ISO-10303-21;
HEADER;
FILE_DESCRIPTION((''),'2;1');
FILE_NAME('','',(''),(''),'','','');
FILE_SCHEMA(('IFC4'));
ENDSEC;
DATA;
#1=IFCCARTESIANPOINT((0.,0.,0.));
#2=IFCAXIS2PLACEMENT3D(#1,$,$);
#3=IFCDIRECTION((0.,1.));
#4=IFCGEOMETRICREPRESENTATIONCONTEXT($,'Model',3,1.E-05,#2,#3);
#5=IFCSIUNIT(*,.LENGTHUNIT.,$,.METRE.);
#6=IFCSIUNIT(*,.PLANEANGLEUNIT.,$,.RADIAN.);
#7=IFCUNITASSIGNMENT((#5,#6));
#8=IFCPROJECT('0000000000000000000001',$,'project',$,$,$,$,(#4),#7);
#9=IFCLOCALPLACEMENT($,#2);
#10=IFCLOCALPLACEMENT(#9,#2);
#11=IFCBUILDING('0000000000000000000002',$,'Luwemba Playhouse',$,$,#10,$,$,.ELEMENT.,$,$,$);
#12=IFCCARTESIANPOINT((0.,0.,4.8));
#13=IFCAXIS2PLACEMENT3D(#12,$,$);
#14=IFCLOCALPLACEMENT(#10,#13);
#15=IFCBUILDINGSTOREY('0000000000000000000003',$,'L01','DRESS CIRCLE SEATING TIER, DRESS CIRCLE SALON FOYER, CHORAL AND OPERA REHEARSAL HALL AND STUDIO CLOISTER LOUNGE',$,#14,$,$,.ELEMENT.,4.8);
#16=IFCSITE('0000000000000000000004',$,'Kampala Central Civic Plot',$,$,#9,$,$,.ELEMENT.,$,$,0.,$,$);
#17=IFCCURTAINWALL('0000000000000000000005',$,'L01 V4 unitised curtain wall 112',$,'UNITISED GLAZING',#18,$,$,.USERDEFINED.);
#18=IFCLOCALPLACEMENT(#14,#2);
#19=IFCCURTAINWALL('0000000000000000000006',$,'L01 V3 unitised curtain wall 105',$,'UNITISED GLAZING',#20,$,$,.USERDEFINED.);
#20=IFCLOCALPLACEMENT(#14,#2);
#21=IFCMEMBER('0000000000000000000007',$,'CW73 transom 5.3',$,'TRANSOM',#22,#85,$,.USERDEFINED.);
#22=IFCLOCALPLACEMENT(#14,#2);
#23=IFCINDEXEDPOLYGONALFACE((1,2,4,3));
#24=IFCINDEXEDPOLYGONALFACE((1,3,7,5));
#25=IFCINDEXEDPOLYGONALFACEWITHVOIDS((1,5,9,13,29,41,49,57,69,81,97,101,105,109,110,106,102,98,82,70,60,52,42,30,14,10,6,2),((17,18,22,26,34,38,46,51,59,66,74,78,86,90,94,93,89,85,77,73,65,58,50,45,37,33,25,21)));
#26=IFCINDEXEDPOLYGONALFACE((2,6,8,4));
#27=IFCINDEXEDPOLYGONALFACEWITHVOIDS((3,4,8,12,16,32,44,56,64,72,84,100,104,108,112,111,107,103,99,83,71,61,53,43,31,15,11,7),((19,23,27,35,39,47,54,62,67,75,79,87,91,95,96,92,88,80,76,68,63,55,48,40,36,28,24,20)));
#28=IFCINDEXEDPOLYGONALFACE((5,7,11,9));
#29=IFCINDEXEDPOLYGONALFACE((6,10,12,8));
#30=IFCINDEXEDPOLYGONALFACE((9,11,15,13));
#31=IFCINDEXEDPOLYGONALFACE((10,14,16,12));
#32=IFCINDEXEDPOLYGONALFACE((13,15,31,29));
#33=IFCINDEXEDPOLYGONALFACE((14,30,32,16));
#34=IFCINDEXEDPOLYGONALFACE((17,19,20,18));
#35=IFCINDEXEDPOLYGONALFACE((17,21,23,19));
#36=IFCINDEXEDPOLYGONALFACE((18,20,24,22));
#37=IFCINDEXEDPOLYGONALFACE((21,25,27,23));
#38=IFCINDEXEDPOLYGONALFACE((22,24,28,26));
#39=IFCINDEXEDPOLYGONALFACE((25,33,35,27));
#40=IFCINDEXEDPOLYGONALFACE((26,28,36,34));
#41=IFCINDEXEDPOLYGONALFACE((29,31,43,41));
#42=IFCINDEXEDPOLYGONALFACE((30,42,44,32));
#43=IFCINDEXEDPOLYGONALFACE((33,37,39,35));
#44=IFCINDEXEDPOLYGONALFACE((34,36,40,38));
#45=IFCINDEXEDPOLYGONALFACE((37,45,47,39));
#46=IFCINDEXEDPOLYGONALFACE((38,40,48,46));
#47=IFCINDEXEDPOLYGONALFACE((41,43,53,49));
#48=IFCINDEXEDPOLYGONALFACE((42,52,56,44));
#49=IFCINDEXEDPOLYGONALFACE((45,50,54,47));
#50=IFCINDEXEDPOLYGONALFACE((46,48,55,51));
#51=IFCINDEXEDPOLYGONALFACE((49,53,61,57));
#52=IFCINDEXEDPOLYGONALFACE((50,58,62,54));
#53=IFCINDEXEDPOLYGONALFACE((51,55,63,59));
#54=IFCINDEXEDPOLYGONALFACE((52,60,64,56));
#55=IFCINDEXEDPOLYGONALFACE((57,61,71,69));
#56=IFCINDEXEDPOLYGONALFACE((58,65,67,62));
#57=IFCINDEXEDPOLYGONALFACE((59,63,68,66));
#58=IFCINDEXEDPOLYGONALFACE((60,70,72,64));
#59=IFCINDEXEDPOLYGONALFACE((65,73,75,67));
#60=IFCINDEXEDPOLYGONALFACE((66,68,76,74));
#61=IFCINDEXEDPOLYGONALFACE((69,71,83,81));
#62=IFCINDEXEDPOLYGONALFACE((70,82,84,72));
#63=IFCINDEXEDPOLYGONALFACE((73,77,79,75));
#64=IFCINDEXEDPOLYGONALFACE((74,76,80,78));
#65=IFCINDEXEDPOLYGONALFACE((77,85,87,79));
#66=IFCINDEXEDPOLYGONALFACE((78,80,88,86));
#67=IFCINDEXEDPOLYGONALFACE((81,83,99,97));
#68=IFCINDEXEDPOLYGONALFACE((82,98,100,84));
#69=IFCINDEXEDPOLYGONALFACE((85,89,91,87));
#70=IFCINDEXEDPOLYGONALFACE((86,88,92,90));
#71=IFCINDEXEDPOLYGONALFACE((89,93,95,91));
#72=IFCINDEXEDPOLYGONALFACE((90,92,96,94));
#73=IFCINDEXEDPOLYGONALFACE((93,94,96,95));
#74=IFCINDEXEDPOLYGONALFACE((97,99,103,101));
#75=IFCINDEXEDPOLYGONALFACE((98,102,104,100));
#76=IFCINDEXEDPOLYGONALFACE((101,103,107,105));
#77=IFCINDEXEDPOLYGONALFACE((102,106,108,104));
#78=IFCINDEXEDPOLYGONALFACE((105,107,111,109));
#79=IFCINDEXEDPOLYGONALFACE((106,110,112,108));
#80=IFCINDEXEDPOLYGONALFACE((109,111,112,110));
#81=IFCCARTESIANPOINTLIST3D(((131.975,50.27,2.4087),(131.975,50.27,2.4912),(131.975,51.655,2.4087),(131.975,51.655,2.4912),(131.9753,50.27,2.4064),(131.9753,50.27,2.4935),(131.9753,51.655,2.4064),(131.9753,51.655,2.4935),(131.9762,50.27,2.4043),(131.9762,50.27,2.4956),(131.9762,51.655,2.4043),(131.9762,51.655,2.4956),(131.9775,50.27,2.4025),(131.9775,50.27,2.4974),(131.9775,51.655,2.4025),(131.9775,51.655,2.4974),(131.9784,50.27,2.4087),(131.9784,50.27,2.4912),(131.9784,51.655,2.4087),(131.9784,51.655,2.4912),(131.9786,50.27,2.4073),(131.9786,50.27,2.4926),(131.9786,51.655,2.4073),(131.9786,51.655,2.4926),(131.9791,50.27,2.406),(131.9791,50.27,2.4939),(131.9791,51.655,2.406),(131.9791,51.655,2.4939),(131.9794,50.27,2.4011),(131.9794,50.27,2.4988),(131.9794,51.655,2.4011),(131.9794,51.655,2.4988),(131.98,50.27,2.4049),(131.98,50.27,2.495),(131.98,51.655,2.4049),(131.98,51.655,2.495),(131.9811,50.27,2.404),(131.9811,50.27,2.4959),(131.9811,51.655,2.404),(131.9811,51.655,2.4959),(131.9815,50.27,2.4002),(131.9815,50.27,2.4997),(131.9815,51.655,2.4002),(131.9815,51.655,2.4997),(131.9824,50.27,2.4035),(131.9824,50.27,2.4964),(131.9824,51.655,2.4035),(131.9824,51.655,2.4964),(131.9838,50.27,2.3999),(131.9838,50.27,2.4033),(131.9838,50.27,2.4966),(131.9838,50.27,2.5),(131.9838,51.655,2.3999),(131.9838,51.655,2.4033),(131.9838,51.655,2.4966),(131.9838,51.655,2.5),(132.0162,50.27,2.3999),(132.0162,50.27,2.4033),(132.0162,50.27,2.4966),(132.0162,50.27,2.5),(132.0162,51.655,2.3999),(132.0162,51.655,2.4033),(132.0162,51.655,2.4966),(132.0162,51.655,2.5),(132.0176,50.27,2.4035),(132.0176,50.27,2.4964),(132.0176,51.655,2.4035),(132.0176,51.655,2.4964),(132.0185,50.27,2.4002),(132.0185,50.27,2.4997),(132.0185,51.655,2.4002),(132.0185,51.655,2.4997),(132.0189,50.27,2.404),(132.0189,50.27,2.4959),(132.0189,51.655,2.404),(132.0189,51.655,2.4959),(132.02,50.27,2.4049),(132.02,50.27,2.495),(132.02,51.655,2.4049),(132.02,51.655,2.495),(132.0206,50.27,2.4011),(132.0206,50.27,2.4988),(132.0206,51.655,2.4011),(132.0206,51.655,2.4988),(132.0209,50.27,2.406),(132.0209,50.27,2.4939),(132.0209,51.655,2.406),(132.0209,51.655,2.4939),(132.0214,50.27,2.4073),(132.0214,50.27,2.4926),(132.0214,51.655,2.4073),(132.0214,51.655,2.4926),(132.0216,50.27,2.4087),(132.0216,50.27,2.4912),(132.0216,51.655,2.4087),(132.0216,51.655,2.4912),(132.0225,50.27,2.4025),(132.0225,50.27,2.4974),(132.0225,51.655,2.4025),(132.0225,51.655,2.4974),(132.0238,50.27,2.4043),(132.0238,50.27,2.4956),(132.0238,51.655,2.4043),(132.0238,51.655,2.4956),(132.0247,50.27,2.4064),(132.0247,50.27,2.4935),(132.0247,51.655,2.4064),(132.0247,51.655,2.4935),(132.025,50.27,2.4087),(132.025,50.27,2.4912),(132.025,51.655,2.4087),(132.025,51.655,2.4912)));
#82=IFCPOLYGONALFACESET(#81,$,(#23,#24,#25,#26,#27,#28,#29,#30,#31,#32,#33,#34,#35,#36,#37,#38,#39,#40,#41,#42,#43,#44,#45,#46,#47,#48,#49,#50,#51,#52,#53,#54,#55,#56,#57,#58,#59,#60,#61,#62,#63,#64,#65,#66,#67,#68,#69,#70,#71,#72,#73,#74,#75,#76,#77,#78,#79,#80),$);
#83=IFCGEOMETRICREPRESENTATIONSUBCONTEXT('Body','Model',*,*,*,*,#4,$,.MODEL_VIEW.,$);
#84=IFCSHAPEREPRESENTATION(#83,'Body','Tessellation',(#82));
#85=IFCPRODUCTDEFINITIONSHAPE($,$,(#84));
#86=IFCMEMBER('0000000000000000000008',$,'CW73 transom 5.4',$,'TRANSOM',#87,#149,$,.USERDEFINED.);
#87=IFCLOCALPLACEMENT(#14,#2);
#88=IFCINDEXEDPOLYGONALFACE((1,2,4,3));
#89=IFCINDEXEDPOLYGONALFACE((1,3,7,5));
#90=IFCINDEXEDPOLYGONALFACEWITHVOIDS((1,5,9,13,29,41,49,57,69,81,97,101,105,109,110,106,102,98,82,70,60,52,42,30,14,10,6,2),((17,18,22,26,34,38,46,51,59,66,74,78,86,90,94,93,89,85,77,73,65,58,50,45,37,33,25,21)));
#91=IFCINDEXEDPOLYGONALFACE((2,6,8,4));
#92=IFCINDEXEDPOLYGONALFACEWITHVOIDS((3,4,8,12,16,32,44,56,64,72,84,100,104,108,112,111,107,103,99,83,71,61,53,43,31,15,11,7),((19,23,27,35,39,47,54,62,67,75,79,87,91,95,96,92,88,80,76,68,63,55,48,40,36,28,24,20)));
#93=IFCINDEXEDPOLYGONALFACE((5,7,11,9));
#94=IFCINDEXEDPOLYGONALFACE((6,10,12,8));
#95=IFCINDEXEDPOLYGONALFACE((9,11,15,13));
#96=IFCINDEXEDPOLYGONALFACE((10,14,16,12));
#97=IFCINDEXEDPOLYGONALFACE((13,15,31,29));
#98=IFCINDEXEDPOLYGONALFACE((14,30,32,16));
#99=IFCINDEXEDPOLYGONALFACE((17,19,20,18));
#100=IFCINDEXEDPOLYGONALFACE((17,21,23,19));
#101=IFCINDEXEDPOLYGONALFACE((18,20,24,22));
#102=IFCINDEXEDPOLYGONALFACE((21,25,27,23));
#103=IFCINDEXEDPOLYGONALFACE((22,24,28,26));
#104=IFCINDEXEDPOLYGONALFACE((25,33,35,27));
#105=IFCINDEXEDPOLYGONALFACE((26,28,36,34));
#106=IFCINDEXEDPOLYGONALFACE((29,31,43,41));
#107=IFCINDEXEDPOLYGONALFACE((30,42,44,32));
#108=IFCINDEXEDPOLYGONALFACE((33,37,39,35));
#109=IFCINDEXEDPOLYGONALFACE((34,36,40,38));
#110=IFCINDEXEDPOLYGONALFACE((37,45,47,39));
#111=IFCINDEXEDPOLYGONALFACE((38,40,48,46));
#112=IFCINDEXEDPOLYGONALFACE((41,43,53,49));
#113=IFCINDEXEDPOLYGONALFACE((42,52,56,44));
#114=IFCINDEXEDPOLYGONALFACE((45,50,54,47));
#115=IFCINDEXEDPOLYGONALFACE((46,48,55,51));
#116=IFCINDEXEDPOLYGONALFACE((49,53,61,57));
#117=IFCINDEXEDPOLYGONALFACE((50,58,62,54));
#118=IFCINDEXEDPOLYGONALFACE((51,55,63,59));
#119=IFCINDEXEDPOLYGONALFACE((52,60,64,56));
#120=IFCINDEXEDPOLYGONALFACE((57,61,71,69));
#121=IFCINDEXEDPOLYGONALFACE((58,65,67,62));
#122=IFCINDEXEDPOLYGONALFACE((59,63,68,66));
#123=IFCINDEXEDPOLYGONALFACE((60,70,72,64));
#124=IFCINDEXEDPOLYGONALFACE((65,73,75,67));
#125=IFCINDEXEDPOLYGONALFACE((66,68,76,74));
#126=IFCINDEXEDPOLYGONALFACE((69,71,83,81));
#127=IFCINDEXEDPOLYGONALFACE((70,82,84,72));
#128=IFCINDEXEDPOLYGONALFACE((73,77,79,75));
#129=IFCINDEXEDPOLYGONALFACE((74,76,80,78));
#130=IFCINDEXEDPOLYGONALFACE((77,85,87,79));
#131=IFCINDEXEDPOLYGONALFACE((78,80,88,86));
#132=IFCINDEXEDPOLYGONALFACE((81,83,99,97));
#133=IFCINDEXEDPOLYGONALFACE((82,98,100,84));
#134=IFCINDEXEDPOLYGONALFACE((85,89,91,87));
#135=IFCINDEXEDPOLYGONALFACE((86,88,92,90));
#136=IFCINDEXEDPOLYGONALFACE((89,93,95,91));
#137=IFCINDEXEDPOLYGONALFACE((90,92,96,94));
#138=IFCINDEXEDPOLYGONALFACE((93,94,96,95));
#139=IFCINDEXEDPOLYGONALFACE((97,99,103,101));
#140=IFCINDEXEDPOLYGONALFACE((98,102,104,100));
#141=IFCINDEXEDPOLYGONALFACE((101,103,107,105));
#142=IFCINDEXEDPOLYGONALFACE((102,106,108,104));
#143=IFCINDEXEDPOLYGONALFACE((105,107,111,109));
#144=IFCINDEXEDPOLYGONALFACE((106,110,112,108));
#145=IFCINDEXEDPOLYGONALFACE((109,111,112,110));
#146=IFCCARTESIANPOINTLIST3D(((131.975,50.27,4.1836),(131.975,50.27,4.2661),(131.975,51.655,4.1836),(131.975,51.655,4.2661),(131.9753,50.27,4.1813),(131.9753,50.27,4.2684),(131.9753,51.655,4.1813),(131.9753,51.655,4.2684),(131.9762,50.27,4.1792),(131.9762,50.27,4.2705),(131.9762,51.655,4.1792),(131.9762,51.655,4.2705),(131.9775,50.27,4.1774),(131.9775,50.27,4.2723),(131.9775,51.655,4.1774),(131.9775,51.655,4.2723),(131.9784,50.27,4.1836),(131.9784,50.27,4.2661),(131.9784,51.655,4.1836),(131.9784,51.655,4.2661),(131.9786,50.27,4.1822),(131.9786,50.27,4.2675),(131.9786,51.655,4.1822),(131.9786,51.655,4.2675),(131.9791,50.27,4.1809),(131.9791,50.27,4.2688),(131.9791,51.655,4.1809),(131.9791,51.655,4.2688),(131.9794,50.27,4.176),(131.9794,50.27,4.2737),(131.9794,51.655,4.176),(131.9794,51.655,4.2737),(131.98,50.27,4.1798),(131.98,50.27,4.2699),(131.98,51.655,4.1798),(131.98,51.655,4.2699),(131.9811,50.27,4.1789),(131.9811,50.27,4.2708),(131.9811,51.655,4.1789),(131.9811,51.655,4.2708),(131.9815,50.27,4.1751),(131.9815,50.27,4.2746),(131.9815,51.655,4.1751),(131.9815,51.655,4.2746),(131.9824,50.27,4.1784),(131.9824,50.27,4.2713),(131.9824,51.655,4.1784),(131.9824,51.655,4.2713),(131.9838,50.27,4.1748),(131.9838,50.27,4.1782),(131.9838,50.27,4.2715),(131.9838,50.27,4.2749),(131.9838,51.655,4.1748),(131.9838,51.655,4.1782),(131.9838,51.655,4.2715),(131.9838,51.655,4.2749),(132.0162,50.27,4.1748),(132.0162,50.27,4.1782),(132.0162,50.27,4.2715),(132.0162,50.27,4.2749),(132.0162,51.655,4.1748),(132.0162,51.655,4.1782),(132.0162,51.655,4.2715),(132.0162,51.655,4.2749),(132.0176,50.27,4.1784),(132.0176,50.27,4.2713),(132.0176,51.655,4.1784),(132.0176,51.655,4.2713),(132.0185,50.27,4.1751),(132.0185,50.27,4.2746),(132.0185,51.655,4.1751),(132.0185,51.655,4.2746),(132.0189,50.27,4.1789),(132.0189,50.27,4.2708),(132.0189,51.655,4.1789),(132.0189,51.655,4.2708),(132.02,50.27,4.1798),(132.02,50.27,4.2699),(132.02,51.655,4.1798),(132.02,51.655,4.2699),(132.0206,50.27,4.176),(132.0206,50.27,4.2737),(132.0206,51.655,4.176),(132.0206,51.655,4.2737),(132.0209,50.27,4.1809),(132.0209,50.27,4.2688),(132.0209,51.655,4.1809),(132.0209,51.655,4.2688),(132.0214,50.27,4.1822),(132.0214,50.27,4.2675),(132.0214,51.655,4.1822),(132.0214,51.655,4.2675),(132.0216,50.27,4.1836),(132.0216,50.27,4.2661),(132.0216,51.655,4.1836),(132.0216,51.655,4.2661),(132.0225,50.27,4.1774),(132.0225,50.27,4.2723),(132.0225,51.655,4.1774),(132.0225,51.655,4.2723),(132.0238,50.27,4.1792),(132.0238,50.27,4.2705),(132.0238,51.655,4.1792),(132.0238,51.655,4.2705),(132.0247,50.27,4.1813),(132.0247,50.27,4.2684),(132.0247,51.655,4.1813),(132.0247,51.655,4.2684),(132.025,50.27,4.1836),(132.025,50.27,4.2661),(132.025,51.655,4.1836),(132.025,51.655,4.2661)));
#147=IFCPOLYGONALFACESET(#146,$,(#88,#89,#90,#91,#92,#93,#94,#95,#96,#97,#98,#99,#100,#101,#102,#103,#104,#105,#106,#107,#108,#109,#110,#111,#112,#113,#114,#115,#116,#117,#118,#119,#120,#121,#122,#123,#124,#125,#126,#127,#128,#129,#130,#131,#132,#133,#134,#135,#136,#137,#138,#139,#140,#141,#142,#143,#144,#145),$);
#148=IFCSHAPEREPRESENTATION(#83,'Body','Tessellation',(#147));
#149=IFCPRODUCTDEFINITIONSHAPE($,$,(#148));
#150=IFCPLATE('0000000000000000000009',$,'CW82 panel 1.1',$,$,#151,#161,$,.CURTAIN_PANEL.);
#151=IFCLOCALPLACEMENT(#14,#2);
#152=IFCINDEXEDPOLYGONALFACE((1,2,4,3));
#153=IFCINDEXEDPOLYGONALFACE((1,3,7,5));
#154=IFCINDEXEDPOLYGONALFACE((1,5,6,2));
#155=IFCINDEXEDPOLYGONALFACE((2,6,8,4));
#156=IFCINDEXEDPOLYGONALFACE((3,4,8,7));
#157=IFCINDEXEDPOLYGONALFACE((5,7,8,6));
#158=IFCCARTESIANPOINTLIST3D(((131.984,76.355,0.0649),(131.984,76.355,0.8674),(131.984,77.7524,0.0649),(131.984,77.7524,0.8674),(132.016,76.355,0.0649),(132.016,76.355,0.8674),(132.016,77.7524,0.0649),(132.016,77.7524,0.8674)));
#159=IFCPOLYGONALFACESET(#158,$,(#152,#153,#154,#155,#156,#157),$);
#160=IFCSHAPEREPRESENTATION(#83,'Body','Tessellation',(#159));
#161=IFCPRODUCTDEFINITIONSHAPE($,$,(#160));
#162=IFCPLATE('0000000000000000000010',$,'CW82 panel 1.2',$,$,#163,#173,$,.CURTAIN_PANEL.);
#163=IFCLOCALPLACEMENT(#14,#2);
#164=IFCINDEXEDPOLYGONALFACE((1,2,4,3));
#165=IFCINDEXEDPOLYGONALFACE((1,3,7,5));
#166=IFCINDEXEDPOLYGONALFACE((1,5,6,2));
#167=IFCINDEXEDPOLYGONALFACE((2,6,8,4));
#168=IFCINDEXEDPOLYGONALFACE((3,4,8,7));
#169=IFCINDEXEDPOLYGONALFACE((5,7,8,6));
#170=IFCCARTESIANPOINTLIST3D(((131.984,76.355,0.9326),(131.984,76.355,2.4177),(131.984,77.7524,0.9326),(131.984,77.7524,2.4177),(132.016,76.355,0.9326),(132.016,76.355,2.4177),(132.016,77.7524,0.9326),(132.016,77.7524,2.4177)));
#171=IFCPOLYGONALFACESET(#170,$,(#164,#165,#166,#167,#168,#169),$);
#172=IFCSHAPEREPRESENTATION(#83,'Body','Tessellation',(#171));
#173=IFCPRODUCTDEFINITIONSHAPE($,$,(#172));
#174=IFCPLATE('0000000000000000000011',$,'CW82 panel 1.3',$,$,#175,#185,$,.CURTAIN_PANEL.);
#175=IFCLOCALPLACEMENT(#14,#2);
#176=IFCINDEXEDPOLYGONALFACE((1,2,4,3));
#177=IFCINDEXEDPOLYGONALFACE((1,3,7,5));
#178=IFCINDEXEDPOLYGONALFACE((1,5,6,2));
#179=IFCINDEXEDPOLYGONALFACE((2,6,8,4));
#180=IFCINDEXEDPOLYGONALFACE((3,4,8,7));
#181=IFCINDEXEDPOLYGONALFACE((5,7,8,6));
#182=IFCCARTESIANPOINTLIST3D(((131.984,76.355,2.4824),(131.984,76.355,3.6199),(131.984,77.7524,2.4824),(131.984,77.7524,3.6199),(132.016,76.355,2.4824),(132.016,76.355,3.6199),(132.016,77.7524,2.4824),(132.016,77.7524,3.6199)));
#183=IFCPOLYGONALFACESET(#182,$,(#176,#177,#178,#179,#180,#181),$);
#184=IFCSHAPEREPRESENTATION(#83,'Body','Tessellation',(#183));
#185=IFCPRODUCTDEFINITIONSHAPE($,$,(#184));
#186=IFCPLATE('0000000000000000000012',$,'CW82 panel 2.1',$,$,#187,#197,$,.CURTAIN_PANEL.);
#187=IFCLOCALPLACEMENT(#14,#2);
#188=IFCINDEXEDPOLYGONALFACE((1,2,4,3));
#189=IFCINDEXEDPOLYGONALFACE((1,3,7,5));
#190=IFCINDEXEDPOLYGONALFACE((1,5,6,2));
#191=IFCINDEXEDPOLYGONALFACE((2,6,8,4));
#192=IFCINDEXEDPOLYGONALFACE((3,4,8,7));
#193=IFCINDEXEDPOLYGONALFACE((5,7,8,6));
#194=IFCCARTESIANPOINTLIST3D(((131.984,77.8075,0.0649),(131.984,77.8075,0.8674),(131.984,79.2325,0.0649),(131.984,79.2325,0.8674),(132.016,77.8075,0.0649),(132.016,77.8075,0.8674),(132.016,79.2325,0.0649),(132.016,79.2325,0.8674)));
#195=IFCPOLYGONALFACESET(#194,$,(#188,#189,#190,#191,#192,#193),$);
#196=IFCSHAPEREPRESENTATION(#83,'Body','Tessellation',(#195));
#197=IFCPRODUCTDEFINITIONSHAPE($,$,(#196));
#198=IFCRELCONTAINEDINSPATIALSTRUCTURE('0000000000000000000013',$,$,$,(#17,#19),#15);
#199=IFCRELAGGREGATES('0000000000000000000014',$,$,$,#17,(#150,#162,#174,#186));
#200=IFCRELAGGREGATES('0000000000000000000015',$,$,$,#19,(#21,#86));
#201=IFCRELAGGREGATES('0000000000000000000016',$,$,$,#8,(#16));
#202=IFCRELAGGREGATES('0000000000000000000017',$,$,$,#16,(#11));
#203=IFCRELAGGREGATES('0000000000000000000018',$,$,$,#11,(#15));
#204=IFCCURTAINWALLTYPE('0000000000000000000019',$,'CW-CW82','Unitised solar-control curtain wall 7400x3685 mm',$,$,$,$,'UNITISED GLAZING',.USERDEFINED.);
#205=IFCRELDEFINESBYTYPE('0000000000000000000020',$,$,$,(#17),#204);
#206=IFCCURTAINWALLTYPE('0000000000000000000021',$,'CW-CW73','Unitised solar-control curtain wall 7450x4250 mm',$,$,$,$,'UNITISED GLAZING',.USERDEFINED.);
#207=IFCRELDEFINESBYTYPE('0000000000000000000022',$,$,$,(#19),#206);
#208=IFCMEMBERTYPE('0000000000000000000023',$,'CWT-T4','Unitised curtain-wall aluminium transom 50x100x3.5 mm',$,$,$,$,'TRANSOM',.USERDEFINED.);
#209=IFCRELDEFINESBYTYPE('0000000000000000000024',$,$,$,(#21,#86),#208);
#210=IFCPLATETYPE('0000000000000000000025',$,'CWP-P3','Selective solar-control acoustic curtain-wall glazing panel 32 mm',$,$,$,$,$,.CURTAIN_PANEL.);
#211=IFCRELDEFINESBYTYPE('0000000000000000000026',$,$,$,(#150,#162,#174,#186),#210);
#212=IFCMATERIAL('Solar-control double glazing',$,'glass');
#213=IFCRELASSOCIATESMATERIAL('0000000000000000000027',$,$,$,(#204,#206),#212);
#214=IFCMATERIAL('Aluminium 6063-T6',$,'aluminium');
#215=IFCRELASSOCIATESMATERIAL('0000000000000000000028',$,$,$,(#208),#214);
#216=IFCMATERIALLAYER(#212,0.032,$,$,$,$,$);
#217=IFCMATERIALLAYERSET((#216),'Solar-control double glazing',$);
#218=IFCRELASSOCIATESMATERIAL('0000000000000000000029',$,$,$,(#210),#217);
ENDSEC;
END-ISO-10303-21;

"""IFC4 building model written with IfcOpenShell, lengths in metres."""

from ifc_helpers import new_model, si_unit, direction, frame, origin, origin_2d, place, context, subcontext, project, spatial, rectangle, hollow_rectangle, extrude, material, layer, layer_set, material_profile, profile_set, type_object, element, aggregate, save


model = new_model("IFC4")

# Units and contexts
model_context = context("Model", 3, precision=1e-05, world=origin(), true_north=direction((0.0, 1.0)))
body_context = subcontext(model_context, "Body", "Model", "MODEL_VIEW")
ifc_project = project(units=[si_unit("LENGTHUNIT", "METRE"), si_unit("PLANEANGLEUNIT", "RADIAN")], contexts=[model_context])

# Site, building, storey
site_placement = place(None, origin())
site = spatial("IfcSite", under=ifc_project, at=site_placement, Name="Kampala Central Civic Plot", CompositionType="ELEMENT", RefElevation=0.0)
building_placement = place(site_placement, origin())
building = spatial("IfcBuilding", under=site, at=building_placement, Name="Luwemba Playhouse", CompositionType="ELEMENT")
storey_placement = place(building_placement, frame((0.0, 0.0, 4.8)))
storey = spatial("IfcBuildingStorey", under=building, at=storey_placement, Name="L01", Description="DRESS CIRCLE SEATING TIER, DRESS CIRCLE SALON FOYER, CHORAL AND OPERA REHEARSAL HALL AND STUDIO CLOISTER LOUNGE", CompositionType="ELEMENT", Elevation=4.8)

# Curtain wall
ifc_material_1 = material(Name="Solar-control double glazing", Category="glass")
curtain_wall_type_1 = type_object("IfcCurtainWallType", Name="CW-CW82", Description="Unitised solar-control curtain wall 7400x3685 mm", ElementType="UNITISED GLAZING", PredefinedType="USERDEFINED", material=ifc_material_1)
curtain_wall_1_placement = place(storey_placement, origin())
curtain_wall_1 = element("IfcCurtainWall", 1, at=curtain_wall_1_placement, inside=storey, type_object=curtain_wall_type_1, Name="L01 V4 unitised curtain wall 112", ObjectType="UNITISED GLAZING", PredefinedType="USERDEFINED")
ifc_material_2 = material(Name="Aluminium 6063-T6", Category="aluminium")

# Curtain wall
curtain_wall_type_2 = type_object("IfcCurtainWallType", Name="CW-CW73", Description="Unitised solar-control curtain wall 7450x4250 mm", ElementType="UNITISED GLAZING", PredefinedType="USERDEFINED", material=ifc_material_1)
curtain_wall_2_placement = place(storey_placement, origin())
curtain_wall_2 = element("IfcCurtainWall", 2, at=curtain_wall_2_placement, inside=storey, type_object=curtain_wall_type_2, Name="L01 V3 unitised curtain wall 105", ObjectType="UNITISED GLAZING", PredefinedType="USERDEFINED")

# Members
ifc_material_profile_1 = material_profile(ifc_material_2, hollow_rectangle(XDim=0.05, YDim=0.1001, WallThickness=0.0034, InnerFilletRadius=0.0054, OuterFilletRadius=0.0088, at=origin_2d()))
ifc_profile_set_1 = profile_set([ifc_material_profile_1], Name="Aluminium 6063-T6")
member_type_1 = type_object("IfcMemberType", Name="CWT-T4", Description="Unitised curtain-wall aluminium transom 50x100x3.5 mm", ElementType="TRANSOM", PredefinedType="USERDEFINED", material=ifc_profile_set_1)
member_1_placement = place(storey_placement, frame((132.0, 50.27, 2.45), z_axis=(0.0, 1.0, 0.0), x_axis=(-1.0, 0.0, 0.0)))
member_1 = element("IfcMember", 3, at=member_1_placement, type_object=member_type_1, Name="CW73 transom 5.3", ObjectType="TRANSOM", PredefinedType="USERDEFINED", context=body_context, shape_type="SweptSolid", body=[
    extrude(hollow_rectangle(XDim=0.05, YDim=0.1001, WallThickness=0.0034, InnerFilletRadius=0.0054, OuterFilletRadius=0.0088, at=origin_2d()), origin(), (0.0, 0.0, 1.0), 1.385),
])
member_2_placement = place(storey_placement, frame((132.0, 50.27, 4.2249), z_axis=(0.0, 1.0, 0.0), x_axis=(-1.0, 0.0, 0.0)))
member_2 = element("IfcMember", 4, at=member_2_placement, type_object=member_type_1, Name="CW73 transom 5.4", ObjectType="TRANSOM", PredefinedType="USERDEFINED", context=body_context, shape_type="SweptSolid", body=[
    extrude(hollow_rectangle(XDim=0.05, YDim=0.1001, WallThickness=0.0034, InnerFilletRadius=0.0054, OuterFilletRadius=0.0088, at=origin_2d()), origin(), (0.0, 0.0, 1.0), 1.385),
])

# Plates
ifc_layer_1 = layer(ifc_material_1, 0.032)
ifc_layer_set_1 = layer_set([ifc_layer_1], Name="Solar-control double glazing")
plate_type_1 = type_object("IfcPlateType", Name="CWP-P3", Description="Selective solar-control acoustic curtain-wall glazing panel 32 mm", PredefinedType="CURTAIN_PANEL", material=ifc_layer_set_1)
plate_1_placement = place(storey_placement, frame((132.0, 77.0537, 0.0649), z_axis=(0.0, 0.0, 1.0), x_axis=(0.0, 1.0, 0.0)))
plate_1 = element("IfcPlate", 5, at=plate_1_placement, type_object=plate_type_1, Name="CW82 panel 1.1", PredefinedType="CURTAIN_PANEL", context=body_context, shape_type="SweptSolid", body=[
    extrude(rectangle(XDim=1.3975, YDim=0.032, at=origin_2d()), origin(), (0.0, 0.0, 1.0), 0.8025),
])
plate_2_placement = place(storey_placement, frame((132.0, 77.0537, 0.9326), z_axis=(0.0, 0.0, 1.0), x_axis=(0.0, 1.0, 0.0)))
plate_2 = element("IfcPlate", 6, at=plate_2_placement, type_object=plate_type_1, Name="CW82 panel 1.2", PredefinedType="CURTAIN_PANEL", context=body_context, shape_type="SweptSolid", body=[
    extrude(rectangle(XDim=1.3975, YDim=0.032, at=origin_2d()), origin(), (0.0, 0.0, 1.0), 1.4851),
])
plate_3_placement = place(storey_placement, frame((132.0, 77.0537, 2.4824), z_axis=(0.0, 0.0, 1.0), x_axis=(0.0, 1.0, 0.0)))
plate_3 = element("IfcPlate", 7, at=plate_3_placement, type_object=plate_type_1, Name="CW82 panel 1.3", PredefinedType="CURTAIN_PANEL", context=body_context, shape_type="SweptSolid", body=[
    extrude(rectangle(XDim=1.3975, YDim=0.032, at=origin_2d()), origin(), (0.0, 0.0, 1.0), 1.1375),
])
plate_4_placement = place(storey_placement, frame((132.0, 78.52, 0.0649), z_axis=(0.0, 0.0, 1.0), x_axis=(0.0, 1.0, 0.0)))
plate_4 = element("IfcPlate", 8, at=plate_4_placement, type_object=plate_type_1, Name="CW82 panel 2.1", PredefinedType="CURTAIN_PANEL", context=body_context, shape_type="SweptSolid", body=[
    extrude(rectangle(XDim=1.425, YDim=0.032, at=origin_2d()), origin(), (0.0, 0.0, 1.0), 0.8025),
])
aggregate(curtain_wall_1, [plate_1, plate_2, plate_3, plate_4])
aggregate(curtain_wall_2, [member_1, member_2])

save(model, "model.ifc")
